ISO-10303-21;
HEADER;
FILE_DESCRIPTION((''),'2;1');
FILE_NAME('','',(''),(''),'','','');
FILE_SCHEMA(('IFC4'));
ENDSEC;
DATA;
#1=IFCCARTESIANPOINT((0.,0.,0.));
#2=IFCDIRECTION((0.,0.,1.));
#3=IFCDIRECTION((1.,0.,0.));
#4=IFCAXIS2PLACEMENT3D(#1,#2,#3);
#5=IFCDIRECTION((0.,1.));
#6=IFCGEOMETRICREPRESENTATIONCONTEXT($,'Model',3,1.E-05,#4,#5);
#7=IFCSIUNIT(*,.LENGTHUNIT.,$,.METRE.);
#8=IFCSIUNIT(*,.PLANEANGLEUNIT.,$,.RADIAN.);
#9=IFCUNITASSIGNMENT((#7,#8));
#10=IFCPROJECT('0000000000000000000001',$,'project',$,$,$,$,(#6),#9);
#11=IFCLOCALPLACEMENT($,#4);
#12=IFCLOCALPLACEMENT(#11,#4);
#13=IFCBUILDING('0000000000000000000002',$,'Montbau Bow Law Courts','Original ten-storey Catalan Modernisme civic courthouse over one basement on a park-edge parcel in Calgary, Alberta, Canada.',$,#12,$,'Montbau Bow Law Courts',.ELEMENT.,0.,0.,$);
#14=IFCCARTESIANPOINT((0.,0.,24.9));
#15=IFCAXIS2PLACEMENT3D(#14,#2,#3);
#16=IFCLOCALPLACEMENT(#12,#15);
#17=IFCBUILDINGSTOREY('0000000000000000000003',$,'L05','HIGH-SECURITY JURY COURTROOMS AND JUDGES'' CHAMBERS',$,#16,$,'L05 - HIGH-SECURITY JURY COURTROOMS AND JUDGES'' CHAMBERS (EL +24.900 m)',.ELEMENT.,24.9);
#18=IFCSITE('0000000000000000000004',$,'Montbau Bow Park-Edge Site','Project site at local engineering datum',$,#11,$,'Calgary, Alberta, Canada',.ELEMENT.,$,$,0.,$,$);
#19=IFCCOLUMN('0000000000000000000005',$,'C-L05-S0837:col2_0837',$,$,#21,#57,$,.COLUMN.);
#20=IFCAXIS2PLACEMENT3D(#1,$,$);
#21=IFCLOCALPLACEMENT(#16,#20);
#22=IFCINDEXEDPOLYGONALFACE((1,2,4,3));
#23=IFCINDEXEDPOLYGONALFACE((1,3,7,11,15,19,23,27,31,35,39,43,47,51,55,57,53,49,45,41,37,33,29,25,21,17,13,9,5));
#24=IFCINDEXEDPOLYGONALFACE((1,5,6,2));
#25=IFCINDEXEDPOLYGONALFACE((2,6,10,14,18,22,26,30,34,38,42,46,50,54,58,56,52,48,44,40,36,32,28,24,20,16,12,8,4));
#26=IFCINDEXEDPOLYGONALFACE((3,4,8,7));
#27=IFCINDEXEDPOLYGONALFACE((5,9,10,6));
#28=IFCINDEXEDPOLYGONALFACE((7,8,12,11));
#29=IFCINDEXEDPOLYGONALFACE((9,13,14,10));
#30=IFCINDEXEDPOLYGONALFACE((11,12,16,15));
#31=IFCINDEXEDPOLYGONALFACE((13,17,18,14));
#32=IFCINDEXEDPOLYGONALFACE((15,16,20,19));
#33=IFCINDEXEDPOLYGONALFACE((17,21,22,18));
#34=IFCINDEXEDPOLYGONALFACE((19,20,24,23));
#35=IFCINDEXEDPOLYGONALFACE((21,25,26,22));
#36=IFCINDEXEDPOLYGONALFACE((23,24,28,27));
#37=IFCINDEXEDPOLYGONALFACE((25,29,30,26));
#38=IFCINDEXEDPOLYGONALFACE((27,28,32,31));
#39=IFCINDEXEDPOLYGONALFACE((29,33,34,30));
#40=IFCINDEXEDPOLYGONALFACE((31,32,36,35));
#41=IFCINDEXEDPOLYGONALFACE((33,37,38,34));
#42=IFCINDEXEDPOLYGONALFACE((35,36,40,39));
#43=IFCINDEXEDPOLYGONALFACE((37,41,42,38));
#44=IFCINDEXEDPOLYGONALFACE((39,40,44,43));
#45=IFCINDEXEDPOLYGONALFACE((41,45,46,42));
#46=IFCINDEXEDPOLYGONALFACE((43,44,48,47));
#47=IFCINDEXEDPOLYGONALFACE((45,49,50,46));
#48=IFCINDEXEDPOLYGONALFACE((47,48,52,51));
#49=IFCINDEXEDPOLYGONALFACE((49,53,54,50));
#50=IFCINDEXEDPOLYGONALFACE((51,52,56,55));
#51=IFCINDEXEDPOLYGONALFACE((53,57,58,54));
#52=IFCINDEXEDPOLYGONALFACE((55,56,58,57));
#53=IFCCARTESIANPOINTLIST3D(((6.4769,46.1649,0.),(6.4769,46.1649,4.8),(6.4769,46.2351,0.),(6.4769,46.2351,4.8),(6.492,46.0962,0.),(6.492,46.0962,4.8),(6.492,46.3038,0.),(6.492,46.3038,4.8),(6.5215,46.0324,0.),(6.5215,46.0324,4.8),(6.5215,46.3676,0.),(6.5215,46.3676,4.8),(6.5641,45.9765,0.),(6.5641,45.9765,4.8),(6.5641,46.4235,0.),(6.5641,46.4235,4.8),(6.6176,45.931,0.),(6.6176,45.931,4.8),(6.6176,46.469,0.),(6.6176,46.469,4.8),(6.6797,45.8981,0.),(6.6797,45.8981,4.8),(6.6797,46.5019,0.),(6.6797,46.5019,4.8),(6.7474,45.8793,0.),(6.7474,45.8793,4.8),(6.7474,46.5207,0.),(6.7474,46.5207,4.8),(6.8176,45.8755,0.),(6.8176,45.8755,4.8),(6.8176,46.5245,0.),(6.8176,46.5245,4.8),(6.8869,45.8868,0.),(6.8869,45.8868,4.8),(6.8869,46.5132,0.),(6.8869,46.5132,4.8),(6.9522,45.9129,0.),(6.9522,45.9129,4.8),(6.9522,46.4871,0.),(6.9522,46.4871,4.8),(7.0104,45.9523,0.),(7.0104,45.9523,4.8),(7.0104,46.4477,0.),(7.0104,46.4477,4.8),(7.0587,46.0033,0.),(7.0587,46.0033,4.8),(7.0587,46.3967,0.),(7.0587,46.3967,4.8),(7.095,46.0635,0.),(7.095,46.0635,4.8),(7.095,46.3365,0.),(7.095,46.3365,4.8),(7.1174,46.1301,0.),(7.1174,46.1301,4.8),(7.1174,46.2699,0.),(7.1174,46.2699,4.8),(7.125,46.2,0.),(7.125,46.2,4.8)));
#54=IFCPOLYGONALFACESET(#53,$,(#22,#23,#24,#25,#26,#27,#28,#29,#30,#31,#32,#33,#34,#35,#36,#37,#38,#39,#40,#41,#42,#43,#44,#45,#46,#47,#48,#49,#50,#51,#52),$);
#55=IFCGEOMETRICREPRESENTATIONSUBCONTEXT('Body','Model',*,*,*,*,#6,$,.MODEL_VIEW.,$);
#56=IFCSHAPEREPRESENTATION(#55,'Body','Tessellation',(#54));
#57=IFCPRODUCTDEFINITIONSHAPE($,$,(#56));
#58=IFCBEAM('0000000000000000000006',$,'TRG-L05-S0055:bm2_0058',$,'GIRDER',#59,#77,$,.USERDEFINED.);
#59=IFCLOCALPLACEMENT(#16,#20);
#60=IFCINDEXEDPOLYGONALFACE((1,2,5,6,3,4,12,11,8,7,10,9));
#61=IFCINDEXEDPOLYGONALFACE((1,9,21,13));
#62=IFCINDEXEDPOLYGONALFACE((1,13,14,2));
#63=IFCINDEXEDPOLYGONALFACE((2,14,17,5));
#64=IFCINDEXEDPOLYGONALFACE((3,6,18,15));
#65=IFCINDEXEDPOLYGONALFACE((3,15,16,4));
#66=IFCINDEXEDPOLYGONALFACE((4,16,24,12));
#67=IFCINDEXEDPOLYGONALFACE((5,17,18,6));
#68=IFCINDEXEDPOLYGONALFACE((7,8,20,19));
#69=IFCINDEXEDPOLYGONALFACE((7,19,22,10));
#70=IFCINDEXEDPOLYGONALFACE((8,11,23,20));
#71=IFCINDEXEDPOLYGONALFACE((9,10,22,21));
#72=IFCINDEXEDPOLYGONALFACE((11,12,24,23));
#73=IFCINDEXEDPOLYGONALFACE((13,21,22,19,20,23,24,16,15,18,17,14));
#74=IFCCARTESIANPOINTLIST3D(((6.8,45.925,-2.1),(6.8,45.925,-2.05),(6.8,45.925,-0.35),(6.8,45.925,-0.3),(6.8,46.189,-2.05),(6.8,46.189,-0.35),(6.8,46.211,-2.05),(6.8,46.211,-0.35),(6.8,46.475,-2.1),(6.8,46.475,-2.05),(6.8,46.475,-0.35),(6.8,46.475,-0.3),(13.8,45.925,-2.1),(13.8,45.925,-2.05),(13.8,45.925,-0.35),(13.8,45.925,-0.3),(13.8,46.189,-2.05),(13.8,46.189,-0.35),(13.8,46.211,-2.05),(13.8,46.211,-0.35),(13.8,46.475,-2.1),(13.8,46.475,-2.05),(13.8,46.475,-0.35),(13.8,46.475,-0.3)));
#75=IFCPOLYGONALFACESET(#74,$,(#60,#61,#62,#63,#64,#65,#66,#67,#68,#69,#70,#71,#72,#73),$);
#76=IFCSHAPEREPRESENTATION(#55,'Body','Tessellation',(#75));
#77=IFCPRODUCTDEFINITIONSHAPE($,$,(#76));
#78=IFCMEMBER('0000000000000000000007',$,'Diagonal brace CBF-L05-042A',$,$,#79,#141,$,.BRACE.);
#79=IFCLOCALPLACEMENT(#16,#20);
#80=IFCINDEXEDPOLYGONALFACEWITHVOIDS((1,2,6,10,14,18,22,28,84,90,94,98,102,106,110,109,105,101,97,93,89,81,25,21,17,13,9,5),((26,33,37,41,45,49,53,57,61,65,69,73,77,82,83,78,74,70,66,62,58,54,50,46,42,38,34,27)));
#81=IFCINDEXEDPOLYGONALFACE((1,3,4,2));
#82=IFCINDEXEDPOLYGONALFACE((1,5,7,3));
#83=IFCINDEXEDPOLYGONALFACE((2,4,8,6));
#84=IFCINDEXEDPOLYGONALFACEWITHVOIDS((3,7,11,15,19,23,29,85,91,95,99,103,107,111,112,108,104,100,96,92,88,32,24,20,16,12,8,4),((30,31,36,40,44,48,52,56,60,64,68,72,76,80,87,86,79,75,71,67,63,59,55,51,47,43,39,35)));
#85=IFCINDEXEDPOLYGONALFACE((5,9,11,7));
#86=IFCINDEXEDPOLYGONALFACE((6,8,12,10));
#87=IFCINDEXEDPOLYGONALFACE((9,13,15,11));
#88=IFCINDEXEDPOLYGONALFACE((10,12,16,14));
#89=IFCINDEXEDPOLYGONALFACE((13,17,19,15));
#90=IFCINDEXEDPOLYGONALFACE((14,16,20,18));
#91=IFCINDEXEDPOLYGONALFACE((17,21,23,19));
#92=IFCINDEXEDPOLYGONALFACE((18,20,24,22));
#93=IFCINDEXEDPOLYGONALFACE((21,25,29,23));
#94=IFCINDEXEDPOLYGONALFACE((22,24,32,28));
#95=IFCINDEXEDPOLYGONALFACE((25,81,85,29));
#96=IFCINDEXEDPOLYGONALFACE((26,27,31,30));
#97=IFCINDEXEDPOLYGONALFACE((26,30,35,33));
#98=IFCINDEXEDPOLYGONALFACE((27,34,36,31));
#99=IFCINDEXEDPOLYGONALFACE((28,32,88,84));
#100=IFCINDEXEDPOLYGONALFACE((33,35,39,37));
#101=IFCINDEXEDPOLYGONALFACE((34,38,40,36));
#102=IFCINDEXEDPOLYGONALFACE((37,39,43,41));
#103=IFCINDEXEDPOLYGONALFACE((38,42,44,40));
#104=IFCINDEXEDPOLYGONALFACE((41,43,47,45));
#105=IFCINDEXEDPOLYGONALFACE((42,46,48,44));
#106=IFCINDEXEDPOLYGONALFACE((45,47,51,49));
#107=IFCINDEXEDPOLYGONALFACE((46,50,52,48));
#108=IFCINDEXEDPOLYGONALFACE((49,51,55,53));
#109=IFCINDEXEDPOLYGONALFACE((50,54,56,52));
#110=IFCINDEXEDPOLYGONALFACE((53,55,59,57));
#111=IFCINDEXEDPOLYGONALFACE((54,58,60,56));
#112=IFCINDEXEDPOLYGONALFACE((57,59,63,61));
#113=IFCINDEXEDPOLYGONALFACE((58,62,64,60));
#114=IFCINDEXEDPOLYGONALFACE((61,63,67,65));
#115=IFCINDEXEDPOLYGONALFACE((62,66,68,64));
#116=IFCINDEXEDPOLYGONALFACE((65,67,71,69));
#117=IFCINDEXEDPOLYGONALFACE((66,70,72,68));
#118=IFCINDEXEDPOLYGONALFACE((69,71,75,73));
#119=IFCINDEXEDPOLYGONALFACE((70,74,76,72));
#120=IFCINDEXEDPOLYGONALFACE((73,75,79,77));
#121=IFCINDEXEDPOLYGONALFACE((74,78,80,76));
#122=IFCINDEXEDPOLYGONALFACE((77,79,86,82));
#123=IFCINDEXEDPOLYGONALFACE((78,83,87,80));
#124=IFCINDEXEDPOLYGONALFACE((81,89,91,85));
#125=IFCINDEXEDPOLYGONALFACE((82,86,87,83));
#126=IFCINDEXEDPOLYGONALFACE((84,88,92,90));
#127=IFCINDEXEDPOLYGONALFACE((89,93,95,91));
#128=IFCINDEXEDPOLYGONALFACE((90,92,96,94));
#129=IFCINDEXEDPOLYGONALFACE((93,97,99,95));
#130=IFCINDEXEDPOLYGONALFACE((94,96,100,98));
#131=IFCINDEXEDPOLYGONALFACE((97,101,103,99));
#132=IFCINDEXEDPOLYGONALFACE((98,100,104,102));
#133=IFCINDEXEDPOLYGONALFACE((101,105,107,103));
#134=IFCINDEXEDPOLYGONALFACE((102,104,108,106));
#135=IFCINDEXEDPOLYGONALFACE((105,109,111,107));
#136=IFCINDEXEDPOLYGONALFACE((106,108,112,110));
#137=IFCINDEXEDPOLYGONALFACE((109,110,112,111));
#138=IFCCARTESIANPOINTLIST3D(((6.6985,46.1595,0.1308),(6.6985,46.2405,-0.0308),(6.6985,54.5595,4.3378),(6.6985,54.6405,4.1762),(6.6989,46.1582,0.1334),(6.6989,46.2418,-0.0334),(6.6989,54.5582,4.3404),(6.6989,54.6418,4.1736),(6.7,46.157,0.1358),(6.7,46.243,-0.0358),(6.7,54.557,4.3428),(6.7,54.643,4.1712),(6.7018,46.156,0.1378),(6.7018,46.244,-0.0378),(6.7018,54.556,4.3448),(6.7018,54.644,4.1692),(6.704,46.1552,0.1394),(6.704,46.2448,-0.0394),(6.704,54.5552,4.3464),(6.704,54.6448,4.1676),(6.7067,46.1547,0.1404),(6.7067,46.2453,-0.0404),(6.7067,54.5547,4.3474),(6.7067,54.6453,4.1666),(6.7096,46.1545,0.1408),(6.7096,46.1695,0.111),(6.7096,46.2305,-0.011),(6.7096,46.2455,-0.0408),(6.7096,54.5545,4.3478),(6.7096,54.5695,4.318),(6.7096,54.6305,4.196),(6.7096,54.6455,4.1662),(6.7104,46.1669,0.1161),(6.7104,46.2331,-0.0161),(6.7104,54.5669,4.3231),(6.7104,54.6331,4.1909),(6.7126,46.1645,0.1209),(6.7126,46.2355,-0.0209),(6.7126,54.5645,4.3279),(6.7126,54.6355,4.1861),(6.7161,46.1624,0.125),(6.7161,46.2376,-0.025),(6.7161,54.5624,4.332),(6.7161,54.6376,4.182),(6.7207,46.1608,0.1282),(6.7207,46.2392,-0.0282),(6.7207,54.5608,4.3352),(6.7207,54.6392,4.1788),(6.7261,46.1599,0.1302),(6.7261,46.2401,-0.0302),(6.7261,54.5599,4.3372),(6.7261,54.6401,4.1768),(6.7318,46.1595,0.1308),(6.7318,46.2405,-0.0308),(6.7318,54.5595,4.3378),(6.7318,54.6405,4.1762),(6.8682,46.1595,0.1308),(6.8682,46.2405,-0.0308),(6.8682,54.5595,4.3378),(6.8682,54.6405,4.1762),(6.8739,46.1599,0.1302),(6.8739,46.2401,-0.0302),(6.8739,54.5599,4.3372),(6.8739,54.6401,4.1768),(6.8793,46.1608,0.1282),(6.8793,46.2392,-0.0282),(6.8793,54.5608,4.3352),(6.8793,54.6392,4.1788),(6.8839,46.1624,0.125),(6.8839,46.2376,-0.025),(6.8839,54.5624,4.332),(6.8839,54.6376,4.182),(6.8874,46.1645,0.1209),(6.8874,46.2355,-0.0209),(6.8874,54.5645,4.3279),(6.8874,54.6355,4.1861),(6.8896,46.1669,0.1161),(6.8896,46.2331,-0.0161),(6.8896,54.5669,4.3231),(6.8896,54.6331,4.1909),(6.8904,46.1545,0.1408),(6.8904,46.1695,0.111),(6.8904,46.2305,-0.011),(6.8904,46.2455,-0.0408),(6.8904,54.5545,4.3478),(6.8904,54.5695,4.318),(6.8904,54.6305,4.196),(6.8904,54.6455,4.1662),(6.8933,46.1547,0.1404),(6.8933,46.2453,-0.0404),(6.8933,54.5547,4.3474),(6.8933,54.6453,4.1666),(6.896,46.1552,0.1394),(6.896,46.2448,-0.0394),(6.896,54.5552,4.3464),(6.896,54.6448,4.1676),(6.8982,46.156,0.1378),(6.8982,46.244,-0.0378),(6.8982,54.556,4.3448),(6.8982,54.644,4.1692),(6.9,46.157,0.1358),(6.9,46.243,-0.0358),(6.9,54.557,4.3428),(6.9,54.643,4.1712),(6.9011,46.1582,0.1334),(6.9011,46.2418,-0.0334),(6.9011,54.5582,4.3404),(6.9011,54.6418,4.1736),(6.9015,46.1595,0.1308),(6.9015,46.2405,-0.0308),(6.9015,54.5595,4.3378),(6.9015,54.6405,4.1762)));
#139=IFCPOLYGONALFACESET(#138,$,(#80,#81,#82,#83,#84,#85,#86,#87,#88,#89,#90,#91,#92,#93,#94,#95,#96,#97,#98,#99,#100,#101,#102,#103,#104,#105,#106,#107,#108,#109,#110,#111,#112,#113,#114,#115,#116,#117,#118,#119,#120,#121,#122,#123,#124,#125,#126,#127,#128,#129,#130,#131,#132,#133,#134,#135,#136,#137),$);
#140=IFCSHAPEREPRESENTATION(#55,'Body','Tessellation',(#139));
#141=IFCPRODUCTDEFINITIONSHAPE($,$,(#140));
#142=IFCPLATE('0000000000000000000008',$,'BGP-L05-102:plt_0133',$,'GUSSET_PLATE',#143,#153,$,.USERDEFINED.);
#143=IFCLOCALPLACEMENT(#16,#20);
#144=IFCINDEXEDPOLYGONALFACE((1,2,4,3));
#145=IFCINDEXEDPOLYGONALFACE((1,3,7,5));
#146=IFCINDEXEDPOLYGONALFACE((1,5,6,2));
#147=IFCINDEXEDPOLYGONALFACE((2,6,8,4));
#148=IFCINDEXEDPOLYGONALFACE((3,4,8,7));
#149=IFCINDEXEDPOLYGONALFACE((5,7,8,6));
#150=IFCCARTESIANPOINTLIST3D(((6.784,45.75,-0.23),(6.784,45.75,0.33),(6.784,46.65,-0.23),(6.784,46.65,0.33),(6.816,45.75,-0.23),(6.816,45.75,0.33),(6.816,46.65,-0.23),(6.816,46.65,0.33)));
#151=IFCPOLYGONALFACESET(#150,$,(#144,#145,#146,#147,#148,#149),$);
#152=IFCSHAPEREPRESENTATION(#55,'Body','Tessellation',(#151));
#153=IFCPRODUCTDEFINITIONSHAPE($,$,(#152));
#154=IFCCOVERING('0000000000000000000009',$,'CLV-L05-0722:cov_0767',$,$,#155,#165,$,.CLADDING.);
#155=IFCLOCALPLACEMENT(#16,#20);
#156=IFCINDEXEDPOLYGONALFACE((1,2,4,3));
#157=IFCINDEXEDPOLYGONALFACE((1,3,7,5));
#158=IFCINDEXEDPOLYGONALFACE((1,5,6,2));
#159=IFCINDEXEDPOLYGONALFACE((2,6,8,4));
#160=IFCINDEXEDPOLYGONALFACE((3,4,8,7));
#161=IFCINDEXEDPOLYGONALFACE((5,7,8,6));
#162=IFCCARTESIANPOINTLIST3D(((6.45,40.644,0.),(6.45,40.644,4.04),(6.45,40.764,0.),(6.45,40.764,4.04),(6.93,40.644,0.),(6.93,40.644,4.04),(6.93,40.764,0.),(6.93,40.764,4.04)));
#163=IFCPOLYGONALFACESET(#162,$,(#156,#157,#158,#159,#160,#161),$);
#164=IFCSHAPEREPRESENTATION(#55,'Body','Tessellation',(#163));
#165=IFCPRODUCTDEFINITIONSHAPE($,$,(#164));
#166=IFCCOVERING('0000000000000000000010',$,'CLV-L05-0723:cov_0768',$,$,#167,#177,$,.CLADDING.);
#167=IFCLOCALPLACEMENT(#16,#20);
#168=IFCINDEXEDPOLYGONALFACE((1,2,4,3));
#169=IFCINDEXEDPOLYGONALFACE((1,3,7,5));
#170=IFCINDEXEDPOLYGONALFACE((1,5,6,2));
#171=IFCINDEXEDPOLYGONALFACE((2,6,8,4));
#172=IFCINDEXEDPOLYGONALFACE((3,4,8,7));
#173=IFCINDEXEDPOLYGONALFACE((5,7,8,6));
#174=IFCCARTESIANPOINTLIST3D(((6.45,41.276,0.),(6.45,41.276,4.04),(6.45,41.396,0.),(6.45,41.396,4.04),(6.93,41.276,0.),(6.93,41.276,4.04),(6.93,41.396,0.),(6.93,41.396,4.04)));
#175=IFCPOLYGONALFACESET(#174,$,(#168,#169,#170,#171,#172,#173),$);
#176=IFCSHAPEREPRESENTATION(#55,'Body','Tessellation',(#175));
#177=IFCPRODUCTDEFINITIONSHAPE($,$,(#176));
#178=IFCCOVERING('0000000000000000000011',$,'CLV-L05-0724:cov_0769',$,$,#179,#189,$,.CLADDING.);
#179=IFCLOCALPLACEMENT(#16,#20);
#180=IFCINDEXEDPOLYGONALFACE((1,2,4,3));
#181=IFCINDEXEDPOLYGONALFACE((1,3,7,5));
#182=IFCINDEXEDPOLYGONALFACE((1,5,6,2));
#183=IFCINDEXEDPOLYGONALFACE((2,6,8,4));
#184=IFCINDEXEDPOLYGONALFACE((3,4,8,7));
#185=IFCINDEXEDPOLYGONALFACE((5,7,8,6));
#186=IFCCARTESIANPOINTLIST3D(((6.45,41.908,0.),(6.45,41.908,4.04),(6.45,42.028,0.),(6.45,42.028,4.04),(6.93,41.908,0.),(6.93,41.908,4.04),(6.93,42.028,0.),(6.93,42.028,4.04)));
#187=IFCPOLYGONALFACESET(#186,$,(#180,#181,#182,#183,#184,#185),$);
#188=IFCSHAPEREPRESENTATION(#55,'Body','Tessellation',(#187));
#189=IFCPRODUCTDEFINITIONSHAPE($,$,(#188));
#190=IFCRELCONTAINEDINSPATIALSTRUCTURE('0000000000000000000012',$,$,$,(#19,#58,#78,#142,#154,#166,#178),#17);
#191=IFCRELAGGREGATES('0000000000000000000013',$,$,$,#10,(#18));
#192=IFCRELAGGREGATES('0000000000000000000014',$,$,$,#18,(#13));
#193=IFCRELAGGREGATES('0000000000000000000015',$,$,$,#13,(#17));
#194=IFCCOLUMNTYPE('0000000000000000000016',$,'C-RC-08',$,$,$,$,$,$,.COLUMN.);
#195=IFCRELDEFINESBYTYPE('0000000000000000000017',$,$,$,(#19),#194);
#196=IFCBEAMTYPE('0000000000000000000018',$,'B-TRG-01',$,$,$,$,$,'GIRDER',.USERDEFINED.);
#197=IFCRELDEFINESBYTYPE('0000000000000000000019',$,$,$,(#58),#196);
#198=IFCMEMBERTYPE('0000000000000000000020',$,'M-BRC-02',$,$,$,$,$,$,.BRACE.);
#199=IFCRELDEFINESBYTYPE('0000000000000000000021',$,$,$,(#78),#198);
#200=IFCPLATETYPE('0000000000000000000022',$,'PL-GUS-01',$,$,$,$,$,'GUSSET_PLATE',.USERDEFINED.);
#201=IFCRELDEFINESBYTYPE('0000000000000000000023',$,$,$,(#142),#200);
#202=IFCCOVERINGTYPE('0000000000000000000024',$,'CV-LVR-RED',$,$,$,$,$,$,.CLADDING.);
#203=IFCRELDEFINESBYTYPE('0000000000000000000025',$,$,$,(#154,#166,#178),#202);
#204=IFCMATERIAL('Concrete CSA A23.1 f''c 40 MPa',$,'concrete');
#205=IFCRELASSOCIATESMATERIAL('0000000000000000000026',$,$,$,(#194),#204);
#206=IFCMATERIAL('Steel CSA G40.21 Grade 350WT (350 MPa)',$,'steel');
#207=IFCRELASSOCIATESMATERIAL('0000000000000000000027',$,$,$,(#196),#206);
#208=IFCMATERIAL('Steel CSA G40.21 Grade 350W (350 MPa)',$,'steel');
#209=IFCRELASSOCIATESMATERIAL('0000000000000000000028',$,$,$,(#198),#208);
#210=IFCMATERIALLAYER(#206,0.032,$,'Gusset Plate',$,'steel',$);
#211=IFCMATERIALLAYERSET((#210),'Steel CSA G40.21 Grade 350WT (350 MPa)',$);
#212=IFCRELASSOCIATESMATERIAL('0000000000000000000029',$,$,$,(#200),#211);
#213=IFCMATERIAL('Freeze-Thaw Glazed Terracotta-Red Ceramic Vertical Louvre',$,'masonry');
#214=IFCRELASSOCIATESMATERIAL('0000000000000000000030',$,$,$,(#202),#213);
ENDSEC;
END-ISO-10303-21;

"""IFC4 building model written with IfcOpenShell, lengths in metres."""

from ifc_helpers import new_model, si_unit, direction, frame, frame_2d, origin_with_axes, origin_2d_with_axis, place, context, subcontext, project, spatial, rectangle, hollow_rectangle, circle, i_section, extrude, material, layer, layer_set, material_profile, profile_set, type_object, element, save


model = new_model("IFC4")

# Units and contexts
model_context = context("Model", 3, precision=1e-05, world=origin_with_axes(), true_north=direction((0.0, 1.0)))
body_context = subcontext(model_context, "Body", "Model", "MODEL_VIEW")
ifc_project = project(units=[si_unit("LENGTHUNIT", "METRE"), si_unit("PLANEANGLEUNIT", "RADIAN")], contexts=[model_context])

# Site, building, storey
site_placement = place(None, origin_with_axes())
site = spatial("IfcSite", under=ifc_project, at=site_placement, Name="Montbau Bow Park-Edge Site", Description="Project site at local engineering datum", LongName="Calgary, Alberta, Canada", CompositionType="ELEMENT", RefElevation=0.0)
building_placement = place(site_placement, origin_with_axes())
building = spatial("IfcBuilding", under=site, at=building_placement, Name="Montbau Bow Law Courts", Description="Original ten-storey Catalan Modernisme civic courthouse over one basement on a park-edge parcel in Calgary, Alberta, Canada.", LongName="Montbau Bow Law Courts", CompositionType="ELEMENT", ElevationOfRefHeight=0.0, ElevationOfTerrain=0.0)
storey_placement = place(building_placement, frame((0.0, 0.0, 24.9), z_axis=(0.0, 0.0, 1.0), x_axis=(1.0, 0.0, 0.0)))
storey = spatial("IfcBuildingStorey", under=building, at=storey_placement, Name="L05", Description="HIGH-SECURITY JURY COURTROOMS AND JUDGES' CHAMBERS", LongName="L05 - HIGH-SECURITY JURY COURTROOMS AND JUDGES' CHAMBERS (EL +24.900 m)", CompositionType="ELEMENT", Elevation=24.9)

# Column
ifc_material_1 = material(Name="Concrete CSA A23.1 f'c 40 MPa", Category="concrete")
ifc_material_profile_1 = material_profile(ifc_material_1, circle(Radius=0.325, at=origin_2d_with_axis()), Name="RC650D", Category="Main", Priority=0)
ifc_profile_set_1 = profile_set([ifc_material_profile_1], Name="Concrete CSA A23.1 f'c 40 MPa")
column_type = type_object("IfcColumnType", Name="C-RC-08", PredefinedType="COLUMN", material=ifc_profile_set_1)
column_placement = place(None, frame((6.8, 46.2, 24.9), z_axis=(0.0, 0.0, 1.0), x_axis=(1.0, 0.0, 0.0)))
element("IfcColumn", 1, at=column_placement, inside=storey, type_object=column_type, Name="C-L05-S0837:col2_0837", PredefinedType="COLUMN", context=body_context, shape_type="SweptSolid", body=[
    extrude(circle(Radius=0.325, at=origin_2d_with_axis()), origin_with_axes(), (0.0, 0.0, 1.0), 4.8),
])

# Beam
ifc_material_2 = material(Name="Steel CSA G40.21 Grade 350WT (350 MPa)", Category="steel")
ifc_material_profile_2 = material_profile(ifc_material_2, i_section(OverallWidth=0.55, OverallDepth=1.8, WebThickness=0.022, FlangeThickness=0.05, at=origin_2d_with_axis()), Name="WWF1800X550", Category="Main", Priority=0)
ifc_profile_set_2 = profile_set([ifc_material_profile_2], Name="Steel CSA G40.21 Grade 350WT (350 MPa)")
beam_type = type_object("IfcBeamType", Name="B-TRG-01", ElementType="GIRDER", PredefinedType="USERDEFINED", material=ifc_profile_set_2)
beam_placement = place(None, frame((6.8, 46.2, 23.7), z_axis=(1.0, 0.0, 0.0), x_axis=(0.0, 1.0, 0.0)))
element("IfcBeam", 2, at=beam_placement, inside=storey, type_object=beam_type, Name="TRG-L05-S0055:bm2_0058", ObjectType="GIRDER", PredefinedType="USERDEFINED", context=body_context, shape_type="SweptSolid", body=[
    extrude(i_section(OverallWidth=0.55, OverallDepth=1.8, WebThickness=0.022, FlangeThickness=0.05, at=origin_2d_with_axis()), origin_with_axes(), (0.0, 0.0, 1.0), 7.0),
])

# Member
ifc_material_3 = material(Name="Steel CSA G40.21 Grade 350W (350 MPa)", Category="steel")
ifc_material_profile_3 = material_profile(ifc_material_3, hollow_rectangle(XDim=0.203, YDim=0.203, WallThickness=0.0111, InnerFilletRadius=0.0222, OuterFilletRadius=0.0111, at=origin_2d_with_axis()), Name="HSS203X203X11", Category="Main", Priority=0)
ifc_profile_set_3 = profile_set([ifc_material_profile_3], Name="Steel CSA G40.21 Grade 350W (350 MPa)")
member_type = type_object("IfcMemberType", Name="M-BRC-02", PredefinedType="BRACE", material=ifc_profile_set_3)
member_placement = place(None, frame((6.8, 46.2, 24.95), z_axis=(0.0, 0.894129, 0.44781), x_axis=(-1.0, 0.0, 0.0)))
element("IfcMember", 3, at=member_placement, inside=storey, type_object=member_type, Name="Diagonal brace CBF-L05-042A", PredefinedType="BRACE", context=body_context, shape_type="SweptSolid", body=[
    extrude(hollow_rectangle(XDim=0.203, YDim=0.203, WallThickness=0.0111, InnerFilletRadius=0.0222, OuterFilletRadius=0.0111, at=origin_2d_with_axis()), origin_with_axes(), (0.0, 0.0, 1.0), 9.3946),
])

# Plate
ifc_layer = layer(ifc_material_2, 0.032, Name="Gusset Plate", Category="steel")
ifc_layer_set = layer_set([ifc_layer], Name="Steel CSA G40.21 Grade 350WT (350 MPa)")
plate_type = type_object("IfcPlateType", Name="PL-GUS-01", ElementType="GUSSET_PLATE", PredefinedType="USERDEFINED", material=ifc_layer_set)
plate_placement = place(None, frame((6.8, 46.2, 24.67), z_axis=(0.0, 0.0, 1.0), x_axis=(0.0, 1.0, 0.0)))
element("IfcPlate", 4, at=plate_placement, inside=storey, type_object=plate_type, Name="BGP-L05-102:plt_0133", ObjectType="GUSSET_PLATE", PredefinedType="USERDEFINED", context=body_context, shape_type="SweptSolid", body=[
    extrude(rectangle(XDim=0.9, YDim=0.032, at=origin_2d_with_axis()), origin_with_axes(), (0.0, 0.0, 1.0), 0.56),
])

# Coverings
ifc_material_4 = material(Name="Freeze-Thaw Glazed Terracotta-Red Ceramic Vertical Louvre", Category="masonry")
covering_type = type_object("IfcCoveringType", Name="CV-LVR-RED", PredefinedType="CLADDING", material=ifc_material_4)
for number, where, z_axis, x_axis, name in (
    (5, (6.93, 40.704, 24.9), (0.0, 1.0, 0.0), (-1.0, 0.0, 0.0), "CLV-L05-0722:cov_0767"),
    (6, (6.93, 41.336, 24.9), (0.0, 1.0, 0.0), (-1.0, 0.0, 0.0), "CLV-L05-0723:cov_0768"),
    (7, (6.93, 41.968, 24.9), (0.0, 1.0, 0.0), (-1.0, 0.0, 0.0), "CLV-L05-0724:cov_0769"),
):
    element("IfcCovering", number, at=place(None, frame(where, z_axis=z_axis, x_axis=x_axis)), inside=storey, type_object=covering_type, Name=name, PredefinedType="CLADDING", context=body_context, shape_type="SweptSolid", body=[
        extrude(rectangle(XDim=0.48, YDim=4.04, at=frame_2d((0.24, 2.02), x_axis=(1.0, 0.0))), frame((0.0, 0.0, -0.06), z_axis=(0.0, 0.0, 1.0), x_axis=(1.0, 0.0, 0.0)), (0.0, 0.0, 1.0), 0.12),
    ])

save(model, "model.ifc")
